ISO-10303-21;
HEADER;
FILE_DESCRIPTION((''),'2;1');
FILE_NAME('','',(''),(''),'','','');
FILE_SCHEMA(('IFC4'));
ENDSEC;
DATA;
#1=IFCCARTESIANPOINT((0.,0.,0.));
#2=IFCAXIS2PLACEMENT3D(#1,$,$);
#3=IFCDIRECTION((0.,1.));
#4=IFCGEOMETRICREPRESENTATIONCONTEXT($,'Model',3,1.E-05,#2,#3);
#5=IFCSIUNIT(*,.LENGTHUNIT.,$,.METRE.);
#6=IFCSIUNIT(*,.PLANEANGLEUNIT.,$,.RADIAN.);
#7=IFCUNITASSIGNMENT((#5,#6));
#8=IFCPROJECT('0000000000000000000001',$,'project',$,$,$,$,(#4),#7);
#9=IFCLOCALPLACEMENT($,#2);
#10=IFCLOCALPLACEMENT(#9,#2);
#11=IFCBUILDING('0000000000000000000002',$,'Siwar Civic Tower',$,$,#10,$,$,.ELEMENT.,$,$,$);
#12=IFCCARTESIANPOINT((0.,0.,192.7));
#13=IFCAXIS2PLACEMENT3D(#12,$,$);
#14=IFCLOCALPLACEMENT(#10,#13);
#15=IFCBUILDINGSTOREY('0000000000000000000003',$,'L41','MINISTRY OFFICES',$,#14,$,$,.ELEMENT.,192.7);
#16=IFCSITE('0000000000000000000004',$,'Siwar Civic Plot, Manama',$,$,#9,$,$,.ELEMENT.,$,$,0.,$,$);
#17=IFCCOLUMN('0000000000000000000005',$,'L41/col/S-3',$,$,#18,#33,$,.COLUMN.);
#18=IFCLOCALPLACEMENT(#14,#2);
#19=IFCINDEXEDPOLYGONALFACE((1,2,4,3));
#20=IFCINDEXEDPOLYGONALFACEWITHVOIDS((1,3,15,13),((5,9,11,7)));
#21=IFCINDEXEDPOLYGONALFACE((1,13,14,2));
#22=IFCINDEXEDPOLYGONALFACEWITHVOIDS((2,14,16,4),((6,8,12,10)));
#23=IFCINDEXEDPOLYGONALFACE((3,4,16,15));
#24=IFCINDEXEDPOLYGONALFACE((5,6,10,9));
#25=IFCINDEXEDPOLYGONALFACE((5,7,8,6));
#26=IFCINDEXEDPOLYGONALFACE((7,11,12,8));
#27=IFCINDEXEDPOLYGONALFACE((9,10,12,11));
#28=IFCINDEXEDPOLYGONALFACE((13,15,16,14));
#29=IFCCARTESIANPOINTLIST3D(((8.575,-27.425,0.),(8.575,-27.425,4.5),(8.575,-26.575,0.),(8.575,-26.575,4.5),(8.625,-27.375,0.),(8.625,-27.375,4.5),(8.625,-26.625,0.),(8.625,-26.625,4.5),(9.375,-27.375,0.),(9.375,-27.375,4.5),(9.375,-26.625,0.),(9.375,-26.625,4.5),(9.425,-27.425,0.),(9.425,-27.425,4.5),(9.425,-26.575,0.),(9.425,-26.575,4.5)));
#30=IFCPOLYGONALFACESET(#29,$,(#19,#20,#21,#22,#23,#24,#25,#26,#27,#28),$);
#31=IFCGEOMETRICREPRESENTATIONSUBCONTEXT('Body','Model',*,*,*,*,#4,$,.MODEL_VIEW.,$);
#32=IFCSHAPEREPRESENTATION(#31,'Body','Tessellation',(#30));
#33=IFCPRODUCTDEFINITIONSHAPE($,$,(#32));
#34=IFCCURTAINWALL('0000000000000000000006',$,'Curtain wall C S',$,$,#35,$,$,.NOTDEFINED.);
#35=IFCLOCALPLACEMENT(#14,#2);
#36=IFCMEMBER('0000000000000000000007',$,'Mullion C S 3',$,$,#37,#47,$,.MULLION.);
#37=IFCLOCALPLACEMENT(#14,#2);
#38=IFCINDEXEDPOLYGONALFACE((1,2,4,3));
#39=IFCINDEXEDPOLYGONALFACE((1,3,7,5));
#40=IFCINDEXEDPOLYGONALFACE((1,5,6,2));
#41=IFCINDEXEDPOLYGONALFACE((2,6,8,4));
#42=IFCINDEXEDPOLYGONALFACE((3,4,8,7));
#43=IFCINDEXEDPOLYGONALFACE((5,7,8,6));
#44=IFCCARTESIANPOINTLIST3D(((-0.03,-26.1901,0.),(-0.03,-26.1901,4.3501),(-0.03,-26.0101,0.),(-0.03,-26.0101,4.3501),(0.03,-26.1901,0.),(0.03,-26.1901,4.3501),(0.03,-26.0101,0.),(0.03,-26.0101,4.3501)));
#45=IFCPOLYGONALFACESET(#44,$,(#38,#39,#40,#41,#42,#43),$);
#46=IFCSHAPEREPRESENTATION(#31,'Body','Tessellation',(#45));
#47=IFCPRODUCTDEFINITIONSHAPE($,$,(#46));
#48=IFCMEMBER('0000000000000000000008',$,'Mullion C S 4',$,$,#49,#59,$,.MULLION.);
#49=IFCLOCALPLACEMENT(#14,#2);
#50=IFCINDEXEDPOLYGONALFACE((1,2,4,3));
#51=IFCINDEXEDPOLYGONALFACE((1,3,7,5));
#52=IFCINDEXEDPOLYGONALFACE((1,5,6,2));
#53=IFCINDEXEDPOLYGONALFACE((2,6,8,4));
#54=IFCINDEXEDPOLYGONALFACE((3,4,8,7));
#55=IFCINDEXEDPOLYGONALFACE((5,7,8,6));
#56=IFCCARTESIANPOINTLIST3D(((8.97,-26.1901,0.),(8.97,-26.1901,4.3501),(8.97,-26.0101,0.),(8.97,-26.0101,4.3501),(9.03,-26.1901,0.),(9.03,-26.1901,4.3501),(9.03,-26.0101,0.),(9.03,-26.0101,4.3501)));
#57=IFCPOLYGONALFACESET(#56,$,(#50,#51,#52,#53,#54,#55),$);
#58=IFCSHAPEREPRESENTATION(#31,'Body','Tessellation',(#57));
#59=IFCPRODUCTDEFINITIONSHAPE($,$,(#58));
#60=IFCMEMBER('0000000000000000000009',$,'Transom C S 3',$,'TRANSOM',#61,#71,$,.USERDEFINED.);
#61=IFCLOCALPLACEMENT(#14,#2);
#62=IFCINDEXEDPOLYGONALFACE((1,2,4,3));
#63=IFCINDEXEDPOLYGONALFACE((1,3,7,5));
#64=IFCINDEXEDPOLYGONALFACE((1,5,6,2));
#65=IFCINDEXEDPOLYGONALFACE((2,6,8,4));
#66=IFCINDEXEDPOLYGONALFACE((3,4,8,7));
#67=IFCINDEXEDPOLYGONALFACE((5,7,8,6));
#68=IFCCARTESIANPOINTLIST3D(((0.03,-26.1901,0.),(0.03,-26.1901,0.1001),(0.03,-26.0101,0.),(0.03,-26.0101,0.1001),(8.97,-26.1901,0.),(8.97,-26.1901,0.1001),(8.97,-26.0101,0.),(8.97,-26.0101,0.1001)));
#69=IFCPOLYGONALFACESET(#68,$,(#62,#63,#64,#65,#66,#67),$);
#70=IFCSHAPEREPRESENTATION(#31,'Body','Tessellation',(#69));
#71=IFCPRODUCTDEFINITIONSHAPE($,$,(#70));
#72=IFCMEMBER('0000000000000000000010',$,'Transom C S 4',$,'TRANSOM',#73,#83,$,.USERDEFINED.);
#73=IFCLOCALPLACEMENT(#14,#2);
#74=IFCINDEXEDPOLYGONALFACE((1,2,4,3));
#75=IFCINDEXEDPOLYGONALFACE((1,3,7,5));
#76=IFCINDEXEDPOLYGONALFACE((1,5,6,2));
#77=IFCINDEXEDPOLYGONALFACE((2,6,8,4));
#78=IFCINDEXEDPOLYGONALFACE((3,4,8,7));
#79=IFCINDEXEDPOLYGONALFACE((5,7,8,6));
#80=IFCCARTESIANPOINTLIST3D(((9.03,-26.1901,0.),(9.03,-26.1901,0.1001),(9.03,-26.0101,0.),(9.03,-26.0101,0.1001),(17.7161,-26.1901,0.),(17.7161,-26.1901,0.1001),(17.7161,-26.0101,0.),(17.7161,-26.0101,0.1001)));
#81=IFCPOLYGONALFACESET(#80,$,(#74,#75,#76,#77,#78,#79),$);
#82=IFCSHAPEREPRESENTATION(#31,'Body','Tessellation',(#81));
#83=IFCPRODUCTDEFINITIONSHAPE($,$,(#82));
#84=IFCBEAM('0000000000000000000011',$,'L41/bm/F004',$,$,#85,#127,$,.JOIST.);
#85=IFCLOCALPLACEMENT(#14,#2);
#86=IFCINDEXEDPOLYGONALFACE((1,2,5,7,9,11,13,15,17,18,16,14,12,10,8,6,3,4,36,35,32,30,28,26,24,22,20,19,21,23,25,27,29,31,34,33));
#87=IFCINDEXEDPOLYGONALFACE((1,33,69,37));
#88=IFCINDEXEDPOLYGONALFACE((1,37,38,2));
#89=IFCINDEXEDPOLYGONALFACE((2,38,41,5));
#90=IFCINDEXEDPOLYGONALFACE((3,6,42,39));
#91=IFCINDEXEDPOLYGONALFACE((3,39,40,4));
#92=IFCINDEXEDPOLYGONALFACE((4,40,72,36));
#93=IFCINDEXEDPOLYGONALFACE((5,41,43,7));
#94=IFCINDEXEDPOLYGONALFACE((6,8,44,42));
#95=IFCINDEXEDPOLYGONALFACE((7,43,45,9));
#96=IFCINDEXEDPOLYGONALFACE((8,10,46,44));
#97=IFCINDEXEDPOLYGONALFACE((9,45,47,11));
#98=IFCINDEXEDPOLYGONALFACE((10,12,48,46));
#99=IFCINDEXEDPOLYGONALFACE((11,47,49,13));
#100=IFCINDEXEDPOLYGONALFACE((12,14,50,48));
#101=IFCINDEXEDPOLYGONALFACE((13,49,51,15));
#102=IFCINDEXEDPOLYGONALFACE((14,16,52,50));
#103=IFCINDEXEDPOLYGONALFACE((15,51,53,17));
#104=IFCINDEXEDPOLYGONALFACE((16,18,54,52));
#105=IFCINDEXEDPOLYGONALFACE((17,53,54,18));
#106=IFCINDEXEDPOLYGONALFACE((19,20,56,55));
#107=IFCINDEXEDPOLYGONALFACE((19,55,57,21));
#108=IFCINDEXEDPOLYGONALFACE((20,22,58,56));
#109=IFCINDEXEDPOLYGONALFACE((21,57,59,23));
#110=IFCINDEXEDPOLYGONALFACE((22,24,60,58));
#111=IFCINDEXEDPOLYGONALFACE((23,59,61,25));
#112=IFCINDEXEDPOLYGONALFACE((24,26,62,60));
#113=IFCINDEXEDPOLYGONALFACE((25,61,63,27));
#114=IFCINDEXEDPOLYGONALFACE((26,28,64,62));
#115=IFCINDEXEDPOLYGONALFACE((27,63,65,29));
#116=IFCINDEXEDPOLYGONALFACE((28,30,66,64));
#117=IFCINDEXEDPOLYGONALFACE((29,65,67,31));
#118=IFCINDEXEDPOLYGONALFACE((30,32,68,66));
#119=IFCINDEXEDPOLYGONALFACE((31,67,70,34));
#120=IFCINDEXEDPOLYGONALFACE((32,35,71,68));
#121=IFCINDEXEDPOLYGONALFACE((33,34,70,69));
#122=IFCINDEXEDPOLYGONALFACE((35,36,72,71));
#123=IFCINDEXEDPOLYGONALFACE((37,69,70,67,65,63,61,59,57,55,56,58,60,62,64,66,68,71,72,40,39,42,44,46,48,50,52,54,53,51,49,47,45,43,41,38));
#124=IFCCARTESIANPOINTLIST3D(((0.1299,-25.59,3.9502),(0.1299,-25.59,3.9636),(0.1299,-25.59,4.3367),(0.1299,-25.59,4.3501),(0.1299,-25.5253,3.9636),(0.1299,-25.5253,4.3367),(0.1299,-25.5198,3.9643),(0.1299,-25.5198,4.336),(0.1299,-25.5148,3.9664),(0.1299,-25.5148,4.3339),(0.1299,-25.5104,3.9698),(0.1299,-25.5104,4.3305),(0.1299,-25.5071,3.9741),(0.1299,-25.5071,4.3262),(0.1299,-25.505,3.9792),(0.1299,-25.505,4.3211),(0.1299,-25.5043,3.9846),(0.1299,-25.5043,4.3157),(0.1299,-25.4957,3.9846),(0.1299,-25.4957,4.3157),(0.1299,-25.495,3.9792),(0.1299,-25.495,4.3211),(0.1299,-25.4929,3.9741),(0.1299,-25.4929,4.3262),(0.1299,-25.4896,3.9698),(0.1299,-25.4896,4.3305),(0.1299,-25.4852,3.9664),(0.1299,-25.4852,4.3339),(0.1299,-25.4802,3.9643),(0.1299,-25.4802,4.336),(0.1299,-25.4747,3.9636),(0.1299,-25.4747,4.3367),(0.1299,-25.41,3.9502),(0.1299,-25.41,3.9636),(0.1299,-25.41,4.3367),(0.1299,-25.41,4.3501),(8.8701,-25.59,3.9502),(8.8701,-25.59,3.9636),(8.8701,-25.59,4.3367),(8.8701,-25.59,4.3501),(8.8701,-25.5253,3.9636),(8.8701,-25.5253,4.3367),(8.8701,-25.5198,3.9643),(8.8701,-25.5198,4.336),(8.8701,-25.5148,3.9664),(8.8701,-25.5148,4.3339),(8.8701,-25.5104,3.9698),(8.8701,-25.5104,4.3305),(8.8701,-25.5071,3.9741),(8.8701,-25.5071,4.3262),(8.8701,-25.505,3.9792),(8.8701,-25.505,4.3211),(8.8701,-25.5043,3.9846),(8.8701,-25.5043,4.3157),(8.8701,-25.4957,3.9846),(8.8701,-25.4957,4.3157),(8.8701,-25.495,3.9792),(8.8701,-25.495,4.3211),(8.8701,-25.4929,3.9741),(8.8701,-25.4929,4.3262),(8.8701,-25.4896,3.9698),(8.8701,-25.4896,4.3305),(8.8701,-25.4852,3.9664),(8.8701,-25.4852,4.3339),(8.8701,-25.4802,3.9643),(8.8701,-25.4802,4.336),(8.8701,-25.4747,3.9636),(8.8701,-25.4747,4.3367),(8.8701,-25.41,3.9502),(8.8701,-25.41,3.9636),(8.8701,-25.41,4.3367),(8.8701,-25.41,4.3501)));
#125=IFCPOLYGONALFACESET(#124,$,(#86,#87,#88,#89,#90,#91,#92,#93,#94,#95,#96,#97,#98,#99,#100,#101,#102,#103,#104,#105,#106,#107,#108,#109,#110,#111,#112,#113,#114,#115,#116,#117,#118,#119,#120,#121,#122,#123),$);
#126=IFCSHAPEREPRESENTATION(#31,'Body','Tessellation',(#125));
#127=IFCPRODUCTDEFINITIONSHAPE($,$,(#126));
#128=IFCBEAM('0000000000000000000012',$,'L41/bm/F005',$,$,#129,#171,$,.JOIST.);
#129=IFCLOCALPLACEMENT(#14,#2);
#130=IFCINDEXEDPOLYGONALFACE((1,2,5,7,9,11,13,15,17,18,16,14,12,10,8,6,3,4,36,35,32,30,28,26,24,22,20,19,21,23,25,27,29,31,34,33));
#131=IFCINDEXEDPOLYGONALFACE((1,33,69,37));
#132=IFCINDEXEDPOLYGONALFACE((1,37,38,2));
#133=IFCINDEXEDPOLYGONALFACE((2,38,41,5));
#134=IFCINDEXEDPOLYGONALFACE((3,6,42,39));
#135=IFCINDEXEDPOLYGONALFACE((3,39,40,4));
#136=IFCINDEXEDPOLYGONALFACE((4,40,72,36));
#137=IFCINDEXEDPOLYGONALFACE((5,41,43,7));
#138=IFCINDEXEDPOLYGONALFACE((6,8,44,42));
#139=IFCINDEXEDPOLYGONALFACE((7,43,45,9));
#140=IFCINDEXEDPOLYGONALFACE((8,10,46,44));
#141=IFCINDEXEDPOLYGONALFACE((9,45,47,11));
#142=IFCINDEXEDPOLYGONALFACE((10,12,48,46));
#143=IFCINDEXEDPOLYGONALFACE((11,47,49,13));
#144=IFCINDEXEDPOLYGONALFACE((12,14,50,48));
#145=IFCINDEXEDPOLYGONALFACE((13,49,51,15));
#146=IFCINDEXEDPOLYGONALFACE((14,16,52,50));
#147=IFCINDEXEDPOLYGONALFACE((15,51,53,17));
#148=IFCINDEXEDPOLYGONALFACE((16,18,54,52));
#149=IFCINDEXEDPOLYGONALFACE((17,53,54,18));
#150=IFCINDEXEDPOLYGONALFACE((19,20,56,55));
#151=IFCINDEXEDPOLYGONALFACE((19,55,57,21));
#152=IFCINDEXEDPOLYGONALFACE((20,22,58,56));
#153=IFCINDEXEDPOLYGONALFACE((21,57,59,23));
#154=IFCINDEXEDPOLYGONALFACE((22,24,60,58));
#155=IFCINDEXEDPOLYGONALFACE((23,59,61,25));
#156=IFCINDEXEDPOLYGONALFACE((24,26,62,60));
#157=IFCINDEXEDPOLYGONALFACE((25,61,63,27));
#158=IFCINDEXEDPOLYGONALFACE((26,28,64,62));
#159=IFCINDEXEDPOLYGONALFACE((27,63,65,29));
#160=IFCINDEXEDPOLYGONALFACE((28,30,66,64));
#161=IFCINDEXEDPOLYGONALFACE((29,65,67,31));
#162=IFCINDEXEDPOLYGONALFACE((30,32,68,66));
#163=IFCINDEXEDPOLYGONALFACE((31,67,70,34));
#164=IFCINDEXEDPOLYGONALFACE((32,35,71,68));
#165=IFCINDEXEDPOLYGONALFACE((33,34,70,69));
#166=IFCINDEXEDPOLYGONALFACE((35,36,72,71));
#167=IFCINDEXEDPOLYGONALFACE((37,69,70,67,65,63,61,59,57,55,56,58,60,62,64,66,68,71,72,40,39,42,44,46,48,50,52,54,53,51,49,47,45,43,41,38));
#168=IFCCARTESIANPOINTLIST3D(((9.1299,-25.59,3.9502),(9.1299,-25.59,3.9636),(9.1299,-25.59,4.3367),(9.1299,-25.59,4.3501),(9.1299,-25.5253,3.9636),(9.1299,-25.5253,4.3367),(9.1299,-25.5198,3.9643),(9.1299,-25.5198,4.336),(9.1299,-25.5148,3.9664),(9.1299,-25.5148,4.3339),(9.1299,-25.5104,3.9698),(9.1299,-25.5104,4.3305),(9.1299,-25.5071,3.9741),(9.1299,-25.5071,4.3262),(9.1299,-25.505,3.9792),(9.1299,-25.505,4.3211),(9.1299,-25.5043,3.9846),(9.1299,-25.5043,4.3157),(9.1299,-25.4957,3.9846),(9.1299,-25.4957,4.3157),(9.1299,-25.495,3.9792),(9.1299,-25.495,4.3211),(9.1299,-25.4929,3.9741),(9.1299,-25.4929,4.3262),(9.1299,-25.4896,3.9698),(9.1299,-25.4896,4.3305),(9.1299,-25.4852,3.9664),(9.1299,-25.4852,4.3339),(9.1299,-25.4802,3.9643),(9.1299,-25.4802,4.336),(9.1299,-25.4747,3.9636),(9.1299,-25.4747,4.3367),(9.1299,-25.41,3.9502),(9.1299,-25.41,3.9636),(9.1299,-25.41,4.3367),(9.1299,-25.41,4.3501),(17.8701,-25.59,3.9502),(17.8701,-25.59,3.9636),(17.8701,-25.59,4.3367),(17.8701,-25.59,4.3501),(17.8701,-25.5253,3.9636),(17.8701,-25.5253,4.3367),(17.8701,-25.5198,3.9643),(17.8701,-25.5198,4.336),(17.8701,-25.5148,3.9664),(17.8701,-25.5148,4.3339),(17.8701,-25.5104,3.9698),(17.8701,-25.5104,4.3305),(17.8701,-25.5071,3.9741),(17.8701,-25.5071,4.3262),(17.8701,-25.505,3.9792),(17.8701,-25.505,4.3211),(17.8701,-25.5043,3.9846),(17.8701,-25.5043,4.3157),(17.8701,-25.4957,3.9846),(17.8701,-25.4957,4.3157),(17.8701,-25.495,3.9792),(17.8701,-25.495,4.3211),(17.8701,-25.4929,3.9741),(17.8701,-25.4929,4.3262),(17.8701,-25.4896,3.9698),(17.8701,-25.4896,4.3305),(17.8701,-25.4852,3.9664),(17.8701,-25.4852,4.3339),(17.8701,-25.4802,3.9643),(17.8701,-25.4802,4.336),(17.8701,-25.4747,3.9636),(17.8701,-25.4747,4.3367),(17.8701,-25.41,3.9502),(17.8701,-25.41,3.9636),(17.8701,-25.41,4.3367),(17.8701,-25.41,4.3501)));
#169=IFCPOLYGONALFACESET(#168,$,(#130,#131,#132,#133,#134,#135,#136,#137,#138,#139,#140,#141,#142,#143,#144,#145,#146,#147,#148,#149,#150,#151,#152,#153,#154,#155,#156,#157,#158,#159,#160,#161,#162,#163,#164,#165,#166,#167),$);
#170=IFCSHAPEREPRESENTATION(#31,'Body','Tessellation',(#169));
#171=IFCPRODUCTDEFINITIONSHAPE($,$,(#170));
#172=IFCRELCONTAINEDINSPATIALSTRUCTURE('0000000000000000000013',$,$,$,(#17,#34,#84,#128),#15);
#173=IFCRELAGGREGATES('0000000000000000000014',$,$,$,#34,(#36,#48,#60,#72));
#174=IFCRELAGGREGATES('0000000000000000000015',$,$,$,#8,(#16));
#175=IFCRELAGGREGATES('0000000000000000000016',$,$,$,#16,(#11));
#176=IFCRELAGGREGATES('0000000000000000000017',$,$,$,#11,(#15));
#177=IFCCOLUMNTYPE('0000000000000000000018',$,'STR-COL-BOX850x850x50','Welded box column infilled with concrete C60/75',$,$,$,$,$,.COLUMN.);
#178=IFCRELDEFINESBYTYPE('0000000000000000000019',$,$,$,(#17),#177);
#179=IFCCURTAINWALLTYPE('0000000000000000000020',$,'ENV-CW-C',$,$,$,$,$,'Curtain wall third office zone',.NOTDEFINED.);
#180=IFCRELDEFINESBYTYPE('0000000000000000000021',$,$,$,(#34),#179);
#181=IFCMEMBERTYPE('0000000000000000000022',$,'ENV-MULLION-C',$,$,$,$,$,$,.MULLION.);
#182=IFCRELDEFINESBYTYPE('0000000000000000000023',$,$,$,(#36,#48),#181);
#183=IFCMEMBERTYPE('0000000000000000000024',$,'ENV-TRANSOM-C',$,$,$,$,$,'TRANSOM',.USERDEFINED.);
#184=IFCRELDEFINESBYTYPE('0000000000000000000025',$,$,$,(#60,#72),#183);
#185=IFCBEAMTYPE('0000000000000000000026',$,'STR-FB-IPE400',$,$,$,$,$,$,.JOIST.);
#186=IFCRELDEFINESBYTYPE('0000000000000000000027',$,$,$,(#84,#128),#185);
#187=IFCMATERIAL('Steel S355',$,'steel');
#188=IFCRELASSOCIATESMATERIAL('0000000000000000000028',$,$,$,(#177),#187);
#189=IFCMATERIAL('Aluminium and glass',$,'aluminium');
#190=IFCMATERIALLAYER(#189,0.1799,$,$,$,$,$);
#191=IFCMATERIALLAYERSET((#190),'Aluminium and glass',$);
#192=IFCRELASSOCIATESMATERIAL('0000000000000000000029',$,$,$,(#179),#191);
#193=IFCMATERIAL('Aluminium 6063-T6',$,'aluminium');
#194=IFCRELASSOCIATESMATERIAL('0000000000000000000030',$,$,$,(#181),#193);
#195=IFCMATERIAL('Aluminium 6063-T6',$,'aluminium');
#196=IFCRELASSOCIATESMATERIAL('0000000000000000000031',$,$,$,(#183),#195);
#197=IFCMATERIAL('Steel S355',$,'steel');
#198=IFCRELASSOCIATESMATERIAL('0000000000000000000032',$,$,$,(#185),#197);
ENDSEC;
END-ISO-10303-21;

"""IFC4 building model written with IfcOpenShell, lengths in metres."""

from ifc_helpers import new_model, si_unit, direction, frame, origin, origin_2d, place, context, subcontext, project, spatial, rectangle, hollow_rectangle, i_section, extrude, material, layer, layer_set, material_profile, profile_set, type_object, element, aggregate, save


model = new_model("IFC4")

# Units and contexts
model_context = context("Model", 3, precision=1e-05, world=origin(), true_north=direction((0.0, 1.0)))
body_context = subcontext(model_context, "Body", "Model", "MODEL_VIEW")
ifc_project = project(units=[si_unit("LENGTHUNIT", "METRE"), si_unit("PLANEANGLEUNIT", "RADIAN")], contexts=[model_context])

# Site, building, storey
site_placement = place(None, origin())
site = spatial("IfcSite", under=ifc_project, at=site_placement, Name="Siwar Civic Plot, Manama", CompositionType="ELEMENT", RefElevation=0.0)
building_placement = place(site_placement, origin())
building = spatial("IfcBuilding", under=site, at=building_placement, Name="Siwar Civic Tower", CompositionType="ELEMENT")
storey_placement = place(building_placement, frame((0.0, 0.0, 192.7)))
storey = spatial("IfcBuildingStorey", under=building, at=storey_placement, Name="L41", Description="MINISTRY OFFICES", CompositionType="ELEMENT", Elevation=192.7)

# Column
ifc_material_1 = material(Name="Steel S355", Category="steel")
ifc_material_profile_1 = material_profile(ifc_material_1, hollow_rectangle(XDim=0.8501, YDim=0.8501, WallThickness=0.05, at=origin_2d()), Name="BOX850x850x50")
ifc_profile_set_1 = profile_set([ifc_material_profile_1], Name="Steel S355")
column_type = type_object("IfcColumnType", Name="STR-COL-BOX850x850x50", Description="Welded box column infilled with concrete C60/75", PredefinedType="COLUMN", material=ifc_profile_set_1)
column_placement = place(storey_placement, frame((9.0, -27.0, 0.0), z_axis=(0.0, 0.0, 1.0), x_axis=(1.0, 0.0, 0.0)))
element("IfcColumn", 1, at=column_placement, inside=storey, type_object=column_type, Name="L41/col/S-3", PredefinedType="COLUMN", context=body_context, shape_type="SweptSolid", body=[
    extrude(hollow_rectangle(XDim=0.8501, YDim=0.8501, WallThickness=0.05, at=origin_2d()), origin(), (0.0, 0.0, 1.0), 4.5),
])

# Curtain wall, members
ifc_material_2 = material(Name="Aluminium and glass", Category="aluminium")
ifc_layer_1 = layer(ifc_material_2, 0.1799)
ifc_layer_set_1 = layer_set([ifc_layer_1], Name="Aluminium and glass")
curtain_wall_type = type_object("IfcCurtainWallType", Name="ENV-CW-C", ElementType="Curtain wall third office zone", PredefinedType="NOTDEFINED", material=ifc_layer_set_1)
curtain_wall_placement = place(storey_placement, origin())
curtain_wall = element("IfcCurtainWall", 2, at=curtain_wall_placement, inside=storey, type_object=curtain_wall_type, Name="Curtain wall C S", PredefinedType="NOTDEFINED")
ifc_material_3 = material(Name="Aluminium 6063-T6", Category="aluminium")
ifc_material_profile_2 = material_profile(ifc_material_3, rectangle(XDim=0.1799, YDim=0.0601, at=origin_2d()), Name="AL 180x60")
ifc_profile_set_2 = profile_set([ifc_material_profile_2], Name="Aluminium 6063-T6")
member_type_1 = type_object("IfcMemberType", Name="ENV-MULLION-C", PredefinedType="MULLION", material=ifc_profile_set_2)
member_1_placement = place(storey_placement, frame((0.0, -26.1001, 0.0), z_axis=(0.0, 0.0, 1.0), x_axis=(0.0, 1.0, 0.0)))
member_1 = element("IfcMember", 3, at=member_1_placement, type_object=member_type_1, Name="Mullion C S 3", PredefinedType="MULLION", context=body_context, shape_type="SweptSolid", body=[
    extrude(rectangle(XDim=0.1799, YDim=0.0601, at=origin_2d()), origin(), (0.0, 0.0, 1.0), 4.3501),
])
member_2_placement = place(storey_placement, frame((9.0, -26.1001, 0.0), z_axis=(0.0, 0.0, 1.0), x_axis=(0.0, 1.0, 0.0)))
member_2 = element("IfcMember", 4, at=member_2_placement, type_object=member_type_1, Name="Mullion C S 4", PredefinedType="MULLION", context=body_context, shape_type="SweptSolid", body=[
    extrude(rectangle(XDim=0.1799, YDim=0.0601, at=origin_2d()), origin(), (0.0, 0.0, 1.0), 4.3501),
])
ifc_material_4 = material(Name="Aluminium 6063-T6", Category="aluminium")
ifc_material_profile_3 = material_profile(ifc_material_4, rectangle(XDim=0.1799, YDim=0.1001, at=origin_2d()), Name="AL 180x100")
ifc_profile_set_3 = profile_set([ifc_material_profile_3], Name="Aluminium 6063-T6")
member_type_2 = type_object("IfcMemberType", Name="ENV-TRANSOM-C", ElementType="TRANSOM", PredefinedType="USERDEFINED", material=ifc_profile_set_3)
member_3_placement = place(storey_placement, frame((0.03, -26.1001, 0.05), z_axis=(1.0, 0.0, 0.0), x_axis=(0.0, 1.0, 0.0)))
member_3 = element("IfcMember", 5, at=member_3_placement, type_object=member_type_2, Name="Transom C S 3", ObjectType="TRANSOM", PredefinedType="USERDEFINED", context=body_context, shape_type="SweptSolid", body=[
    extrude(rectangle(XDim=0.1799, YDim=0.1001, at=origin_2d()), origin(), (0.0, 0.0, 1.0), 8.9399),
])
member_4_placement = place(storey_placement, frame((9.03, -26.1001, 0.05), z_axis=(1.0, 0.0, 0.0), x_axis=(0.0, 1.0, 0.0)))
member_4 = element("IfcMember", 6, at=member_4_placement, type_object=member_type_2, Name="Transom C S 4", ObjectType="TRANSOM", PredefinedType="USERDEFINED", context=body_context, shape_type="SweptSolid", body=[
    extrude(rectangle(XDim=0.1799, YDim=0.1001, at=origin_2d()), origin(), (0.0, 0.0, 1.0), 8.686),
])

# Beams
ifc_material_5 = material(Name="Steel S355", Category="steel")
ifc_material_profile_4 = material_profile(ifc_material_5, i_section(OverallWidth=0.1799, OverallDepth=0.3999, WebThickness=0.0085, FlangeThickness=0.0134, FilletRadius=0.021, at=origin_2d()), Name="IPE400")
ifc_profile_set_4 = profile_set([ifc_material_profile_4], Name="Steel S355")
beam_type_1 = type_object("IfcBeamType", Name="STR-FB-IPE400", PredefinedType="JOIST", material=ifc_profile_set_4)
for number, where, z_axis, x_axis, name in (
    (7, (0.1299, -25.5, 4.1501), (1.0, 0.0, 0.0), (0.0, 1.0, 0.0), "L41/bm/F004"),
    (8, (9.1299, -25.5, 4.1501), (1.0, 0.0, 0.0), (0.0, 1.0, 0.0), "L41/bm/F005"),
):
    element("IfcBeam", number, at=place(storey_placement, frame(where, z_axis=z_axis, x_axis=x_axis)), inside=storey, type_object=beam_type_1, Name=name, PredefinedType="JOIST", context=body_context, shape_type="SweptSolid", body=[
        extrude(i_section(OverallWidth=0.1799, OverallDepth=0.3999, WebThickness=0.0085, FlangeThickness=0.0134, FilletRadius=0.021, at=origin_2d()), origin(), (0.0, 0.0, 1.0), 8.7402),
    ])

aggregate(curtain_wall, [member_1, member_2, member_3, member_4])

save(model, "model.ifc")
